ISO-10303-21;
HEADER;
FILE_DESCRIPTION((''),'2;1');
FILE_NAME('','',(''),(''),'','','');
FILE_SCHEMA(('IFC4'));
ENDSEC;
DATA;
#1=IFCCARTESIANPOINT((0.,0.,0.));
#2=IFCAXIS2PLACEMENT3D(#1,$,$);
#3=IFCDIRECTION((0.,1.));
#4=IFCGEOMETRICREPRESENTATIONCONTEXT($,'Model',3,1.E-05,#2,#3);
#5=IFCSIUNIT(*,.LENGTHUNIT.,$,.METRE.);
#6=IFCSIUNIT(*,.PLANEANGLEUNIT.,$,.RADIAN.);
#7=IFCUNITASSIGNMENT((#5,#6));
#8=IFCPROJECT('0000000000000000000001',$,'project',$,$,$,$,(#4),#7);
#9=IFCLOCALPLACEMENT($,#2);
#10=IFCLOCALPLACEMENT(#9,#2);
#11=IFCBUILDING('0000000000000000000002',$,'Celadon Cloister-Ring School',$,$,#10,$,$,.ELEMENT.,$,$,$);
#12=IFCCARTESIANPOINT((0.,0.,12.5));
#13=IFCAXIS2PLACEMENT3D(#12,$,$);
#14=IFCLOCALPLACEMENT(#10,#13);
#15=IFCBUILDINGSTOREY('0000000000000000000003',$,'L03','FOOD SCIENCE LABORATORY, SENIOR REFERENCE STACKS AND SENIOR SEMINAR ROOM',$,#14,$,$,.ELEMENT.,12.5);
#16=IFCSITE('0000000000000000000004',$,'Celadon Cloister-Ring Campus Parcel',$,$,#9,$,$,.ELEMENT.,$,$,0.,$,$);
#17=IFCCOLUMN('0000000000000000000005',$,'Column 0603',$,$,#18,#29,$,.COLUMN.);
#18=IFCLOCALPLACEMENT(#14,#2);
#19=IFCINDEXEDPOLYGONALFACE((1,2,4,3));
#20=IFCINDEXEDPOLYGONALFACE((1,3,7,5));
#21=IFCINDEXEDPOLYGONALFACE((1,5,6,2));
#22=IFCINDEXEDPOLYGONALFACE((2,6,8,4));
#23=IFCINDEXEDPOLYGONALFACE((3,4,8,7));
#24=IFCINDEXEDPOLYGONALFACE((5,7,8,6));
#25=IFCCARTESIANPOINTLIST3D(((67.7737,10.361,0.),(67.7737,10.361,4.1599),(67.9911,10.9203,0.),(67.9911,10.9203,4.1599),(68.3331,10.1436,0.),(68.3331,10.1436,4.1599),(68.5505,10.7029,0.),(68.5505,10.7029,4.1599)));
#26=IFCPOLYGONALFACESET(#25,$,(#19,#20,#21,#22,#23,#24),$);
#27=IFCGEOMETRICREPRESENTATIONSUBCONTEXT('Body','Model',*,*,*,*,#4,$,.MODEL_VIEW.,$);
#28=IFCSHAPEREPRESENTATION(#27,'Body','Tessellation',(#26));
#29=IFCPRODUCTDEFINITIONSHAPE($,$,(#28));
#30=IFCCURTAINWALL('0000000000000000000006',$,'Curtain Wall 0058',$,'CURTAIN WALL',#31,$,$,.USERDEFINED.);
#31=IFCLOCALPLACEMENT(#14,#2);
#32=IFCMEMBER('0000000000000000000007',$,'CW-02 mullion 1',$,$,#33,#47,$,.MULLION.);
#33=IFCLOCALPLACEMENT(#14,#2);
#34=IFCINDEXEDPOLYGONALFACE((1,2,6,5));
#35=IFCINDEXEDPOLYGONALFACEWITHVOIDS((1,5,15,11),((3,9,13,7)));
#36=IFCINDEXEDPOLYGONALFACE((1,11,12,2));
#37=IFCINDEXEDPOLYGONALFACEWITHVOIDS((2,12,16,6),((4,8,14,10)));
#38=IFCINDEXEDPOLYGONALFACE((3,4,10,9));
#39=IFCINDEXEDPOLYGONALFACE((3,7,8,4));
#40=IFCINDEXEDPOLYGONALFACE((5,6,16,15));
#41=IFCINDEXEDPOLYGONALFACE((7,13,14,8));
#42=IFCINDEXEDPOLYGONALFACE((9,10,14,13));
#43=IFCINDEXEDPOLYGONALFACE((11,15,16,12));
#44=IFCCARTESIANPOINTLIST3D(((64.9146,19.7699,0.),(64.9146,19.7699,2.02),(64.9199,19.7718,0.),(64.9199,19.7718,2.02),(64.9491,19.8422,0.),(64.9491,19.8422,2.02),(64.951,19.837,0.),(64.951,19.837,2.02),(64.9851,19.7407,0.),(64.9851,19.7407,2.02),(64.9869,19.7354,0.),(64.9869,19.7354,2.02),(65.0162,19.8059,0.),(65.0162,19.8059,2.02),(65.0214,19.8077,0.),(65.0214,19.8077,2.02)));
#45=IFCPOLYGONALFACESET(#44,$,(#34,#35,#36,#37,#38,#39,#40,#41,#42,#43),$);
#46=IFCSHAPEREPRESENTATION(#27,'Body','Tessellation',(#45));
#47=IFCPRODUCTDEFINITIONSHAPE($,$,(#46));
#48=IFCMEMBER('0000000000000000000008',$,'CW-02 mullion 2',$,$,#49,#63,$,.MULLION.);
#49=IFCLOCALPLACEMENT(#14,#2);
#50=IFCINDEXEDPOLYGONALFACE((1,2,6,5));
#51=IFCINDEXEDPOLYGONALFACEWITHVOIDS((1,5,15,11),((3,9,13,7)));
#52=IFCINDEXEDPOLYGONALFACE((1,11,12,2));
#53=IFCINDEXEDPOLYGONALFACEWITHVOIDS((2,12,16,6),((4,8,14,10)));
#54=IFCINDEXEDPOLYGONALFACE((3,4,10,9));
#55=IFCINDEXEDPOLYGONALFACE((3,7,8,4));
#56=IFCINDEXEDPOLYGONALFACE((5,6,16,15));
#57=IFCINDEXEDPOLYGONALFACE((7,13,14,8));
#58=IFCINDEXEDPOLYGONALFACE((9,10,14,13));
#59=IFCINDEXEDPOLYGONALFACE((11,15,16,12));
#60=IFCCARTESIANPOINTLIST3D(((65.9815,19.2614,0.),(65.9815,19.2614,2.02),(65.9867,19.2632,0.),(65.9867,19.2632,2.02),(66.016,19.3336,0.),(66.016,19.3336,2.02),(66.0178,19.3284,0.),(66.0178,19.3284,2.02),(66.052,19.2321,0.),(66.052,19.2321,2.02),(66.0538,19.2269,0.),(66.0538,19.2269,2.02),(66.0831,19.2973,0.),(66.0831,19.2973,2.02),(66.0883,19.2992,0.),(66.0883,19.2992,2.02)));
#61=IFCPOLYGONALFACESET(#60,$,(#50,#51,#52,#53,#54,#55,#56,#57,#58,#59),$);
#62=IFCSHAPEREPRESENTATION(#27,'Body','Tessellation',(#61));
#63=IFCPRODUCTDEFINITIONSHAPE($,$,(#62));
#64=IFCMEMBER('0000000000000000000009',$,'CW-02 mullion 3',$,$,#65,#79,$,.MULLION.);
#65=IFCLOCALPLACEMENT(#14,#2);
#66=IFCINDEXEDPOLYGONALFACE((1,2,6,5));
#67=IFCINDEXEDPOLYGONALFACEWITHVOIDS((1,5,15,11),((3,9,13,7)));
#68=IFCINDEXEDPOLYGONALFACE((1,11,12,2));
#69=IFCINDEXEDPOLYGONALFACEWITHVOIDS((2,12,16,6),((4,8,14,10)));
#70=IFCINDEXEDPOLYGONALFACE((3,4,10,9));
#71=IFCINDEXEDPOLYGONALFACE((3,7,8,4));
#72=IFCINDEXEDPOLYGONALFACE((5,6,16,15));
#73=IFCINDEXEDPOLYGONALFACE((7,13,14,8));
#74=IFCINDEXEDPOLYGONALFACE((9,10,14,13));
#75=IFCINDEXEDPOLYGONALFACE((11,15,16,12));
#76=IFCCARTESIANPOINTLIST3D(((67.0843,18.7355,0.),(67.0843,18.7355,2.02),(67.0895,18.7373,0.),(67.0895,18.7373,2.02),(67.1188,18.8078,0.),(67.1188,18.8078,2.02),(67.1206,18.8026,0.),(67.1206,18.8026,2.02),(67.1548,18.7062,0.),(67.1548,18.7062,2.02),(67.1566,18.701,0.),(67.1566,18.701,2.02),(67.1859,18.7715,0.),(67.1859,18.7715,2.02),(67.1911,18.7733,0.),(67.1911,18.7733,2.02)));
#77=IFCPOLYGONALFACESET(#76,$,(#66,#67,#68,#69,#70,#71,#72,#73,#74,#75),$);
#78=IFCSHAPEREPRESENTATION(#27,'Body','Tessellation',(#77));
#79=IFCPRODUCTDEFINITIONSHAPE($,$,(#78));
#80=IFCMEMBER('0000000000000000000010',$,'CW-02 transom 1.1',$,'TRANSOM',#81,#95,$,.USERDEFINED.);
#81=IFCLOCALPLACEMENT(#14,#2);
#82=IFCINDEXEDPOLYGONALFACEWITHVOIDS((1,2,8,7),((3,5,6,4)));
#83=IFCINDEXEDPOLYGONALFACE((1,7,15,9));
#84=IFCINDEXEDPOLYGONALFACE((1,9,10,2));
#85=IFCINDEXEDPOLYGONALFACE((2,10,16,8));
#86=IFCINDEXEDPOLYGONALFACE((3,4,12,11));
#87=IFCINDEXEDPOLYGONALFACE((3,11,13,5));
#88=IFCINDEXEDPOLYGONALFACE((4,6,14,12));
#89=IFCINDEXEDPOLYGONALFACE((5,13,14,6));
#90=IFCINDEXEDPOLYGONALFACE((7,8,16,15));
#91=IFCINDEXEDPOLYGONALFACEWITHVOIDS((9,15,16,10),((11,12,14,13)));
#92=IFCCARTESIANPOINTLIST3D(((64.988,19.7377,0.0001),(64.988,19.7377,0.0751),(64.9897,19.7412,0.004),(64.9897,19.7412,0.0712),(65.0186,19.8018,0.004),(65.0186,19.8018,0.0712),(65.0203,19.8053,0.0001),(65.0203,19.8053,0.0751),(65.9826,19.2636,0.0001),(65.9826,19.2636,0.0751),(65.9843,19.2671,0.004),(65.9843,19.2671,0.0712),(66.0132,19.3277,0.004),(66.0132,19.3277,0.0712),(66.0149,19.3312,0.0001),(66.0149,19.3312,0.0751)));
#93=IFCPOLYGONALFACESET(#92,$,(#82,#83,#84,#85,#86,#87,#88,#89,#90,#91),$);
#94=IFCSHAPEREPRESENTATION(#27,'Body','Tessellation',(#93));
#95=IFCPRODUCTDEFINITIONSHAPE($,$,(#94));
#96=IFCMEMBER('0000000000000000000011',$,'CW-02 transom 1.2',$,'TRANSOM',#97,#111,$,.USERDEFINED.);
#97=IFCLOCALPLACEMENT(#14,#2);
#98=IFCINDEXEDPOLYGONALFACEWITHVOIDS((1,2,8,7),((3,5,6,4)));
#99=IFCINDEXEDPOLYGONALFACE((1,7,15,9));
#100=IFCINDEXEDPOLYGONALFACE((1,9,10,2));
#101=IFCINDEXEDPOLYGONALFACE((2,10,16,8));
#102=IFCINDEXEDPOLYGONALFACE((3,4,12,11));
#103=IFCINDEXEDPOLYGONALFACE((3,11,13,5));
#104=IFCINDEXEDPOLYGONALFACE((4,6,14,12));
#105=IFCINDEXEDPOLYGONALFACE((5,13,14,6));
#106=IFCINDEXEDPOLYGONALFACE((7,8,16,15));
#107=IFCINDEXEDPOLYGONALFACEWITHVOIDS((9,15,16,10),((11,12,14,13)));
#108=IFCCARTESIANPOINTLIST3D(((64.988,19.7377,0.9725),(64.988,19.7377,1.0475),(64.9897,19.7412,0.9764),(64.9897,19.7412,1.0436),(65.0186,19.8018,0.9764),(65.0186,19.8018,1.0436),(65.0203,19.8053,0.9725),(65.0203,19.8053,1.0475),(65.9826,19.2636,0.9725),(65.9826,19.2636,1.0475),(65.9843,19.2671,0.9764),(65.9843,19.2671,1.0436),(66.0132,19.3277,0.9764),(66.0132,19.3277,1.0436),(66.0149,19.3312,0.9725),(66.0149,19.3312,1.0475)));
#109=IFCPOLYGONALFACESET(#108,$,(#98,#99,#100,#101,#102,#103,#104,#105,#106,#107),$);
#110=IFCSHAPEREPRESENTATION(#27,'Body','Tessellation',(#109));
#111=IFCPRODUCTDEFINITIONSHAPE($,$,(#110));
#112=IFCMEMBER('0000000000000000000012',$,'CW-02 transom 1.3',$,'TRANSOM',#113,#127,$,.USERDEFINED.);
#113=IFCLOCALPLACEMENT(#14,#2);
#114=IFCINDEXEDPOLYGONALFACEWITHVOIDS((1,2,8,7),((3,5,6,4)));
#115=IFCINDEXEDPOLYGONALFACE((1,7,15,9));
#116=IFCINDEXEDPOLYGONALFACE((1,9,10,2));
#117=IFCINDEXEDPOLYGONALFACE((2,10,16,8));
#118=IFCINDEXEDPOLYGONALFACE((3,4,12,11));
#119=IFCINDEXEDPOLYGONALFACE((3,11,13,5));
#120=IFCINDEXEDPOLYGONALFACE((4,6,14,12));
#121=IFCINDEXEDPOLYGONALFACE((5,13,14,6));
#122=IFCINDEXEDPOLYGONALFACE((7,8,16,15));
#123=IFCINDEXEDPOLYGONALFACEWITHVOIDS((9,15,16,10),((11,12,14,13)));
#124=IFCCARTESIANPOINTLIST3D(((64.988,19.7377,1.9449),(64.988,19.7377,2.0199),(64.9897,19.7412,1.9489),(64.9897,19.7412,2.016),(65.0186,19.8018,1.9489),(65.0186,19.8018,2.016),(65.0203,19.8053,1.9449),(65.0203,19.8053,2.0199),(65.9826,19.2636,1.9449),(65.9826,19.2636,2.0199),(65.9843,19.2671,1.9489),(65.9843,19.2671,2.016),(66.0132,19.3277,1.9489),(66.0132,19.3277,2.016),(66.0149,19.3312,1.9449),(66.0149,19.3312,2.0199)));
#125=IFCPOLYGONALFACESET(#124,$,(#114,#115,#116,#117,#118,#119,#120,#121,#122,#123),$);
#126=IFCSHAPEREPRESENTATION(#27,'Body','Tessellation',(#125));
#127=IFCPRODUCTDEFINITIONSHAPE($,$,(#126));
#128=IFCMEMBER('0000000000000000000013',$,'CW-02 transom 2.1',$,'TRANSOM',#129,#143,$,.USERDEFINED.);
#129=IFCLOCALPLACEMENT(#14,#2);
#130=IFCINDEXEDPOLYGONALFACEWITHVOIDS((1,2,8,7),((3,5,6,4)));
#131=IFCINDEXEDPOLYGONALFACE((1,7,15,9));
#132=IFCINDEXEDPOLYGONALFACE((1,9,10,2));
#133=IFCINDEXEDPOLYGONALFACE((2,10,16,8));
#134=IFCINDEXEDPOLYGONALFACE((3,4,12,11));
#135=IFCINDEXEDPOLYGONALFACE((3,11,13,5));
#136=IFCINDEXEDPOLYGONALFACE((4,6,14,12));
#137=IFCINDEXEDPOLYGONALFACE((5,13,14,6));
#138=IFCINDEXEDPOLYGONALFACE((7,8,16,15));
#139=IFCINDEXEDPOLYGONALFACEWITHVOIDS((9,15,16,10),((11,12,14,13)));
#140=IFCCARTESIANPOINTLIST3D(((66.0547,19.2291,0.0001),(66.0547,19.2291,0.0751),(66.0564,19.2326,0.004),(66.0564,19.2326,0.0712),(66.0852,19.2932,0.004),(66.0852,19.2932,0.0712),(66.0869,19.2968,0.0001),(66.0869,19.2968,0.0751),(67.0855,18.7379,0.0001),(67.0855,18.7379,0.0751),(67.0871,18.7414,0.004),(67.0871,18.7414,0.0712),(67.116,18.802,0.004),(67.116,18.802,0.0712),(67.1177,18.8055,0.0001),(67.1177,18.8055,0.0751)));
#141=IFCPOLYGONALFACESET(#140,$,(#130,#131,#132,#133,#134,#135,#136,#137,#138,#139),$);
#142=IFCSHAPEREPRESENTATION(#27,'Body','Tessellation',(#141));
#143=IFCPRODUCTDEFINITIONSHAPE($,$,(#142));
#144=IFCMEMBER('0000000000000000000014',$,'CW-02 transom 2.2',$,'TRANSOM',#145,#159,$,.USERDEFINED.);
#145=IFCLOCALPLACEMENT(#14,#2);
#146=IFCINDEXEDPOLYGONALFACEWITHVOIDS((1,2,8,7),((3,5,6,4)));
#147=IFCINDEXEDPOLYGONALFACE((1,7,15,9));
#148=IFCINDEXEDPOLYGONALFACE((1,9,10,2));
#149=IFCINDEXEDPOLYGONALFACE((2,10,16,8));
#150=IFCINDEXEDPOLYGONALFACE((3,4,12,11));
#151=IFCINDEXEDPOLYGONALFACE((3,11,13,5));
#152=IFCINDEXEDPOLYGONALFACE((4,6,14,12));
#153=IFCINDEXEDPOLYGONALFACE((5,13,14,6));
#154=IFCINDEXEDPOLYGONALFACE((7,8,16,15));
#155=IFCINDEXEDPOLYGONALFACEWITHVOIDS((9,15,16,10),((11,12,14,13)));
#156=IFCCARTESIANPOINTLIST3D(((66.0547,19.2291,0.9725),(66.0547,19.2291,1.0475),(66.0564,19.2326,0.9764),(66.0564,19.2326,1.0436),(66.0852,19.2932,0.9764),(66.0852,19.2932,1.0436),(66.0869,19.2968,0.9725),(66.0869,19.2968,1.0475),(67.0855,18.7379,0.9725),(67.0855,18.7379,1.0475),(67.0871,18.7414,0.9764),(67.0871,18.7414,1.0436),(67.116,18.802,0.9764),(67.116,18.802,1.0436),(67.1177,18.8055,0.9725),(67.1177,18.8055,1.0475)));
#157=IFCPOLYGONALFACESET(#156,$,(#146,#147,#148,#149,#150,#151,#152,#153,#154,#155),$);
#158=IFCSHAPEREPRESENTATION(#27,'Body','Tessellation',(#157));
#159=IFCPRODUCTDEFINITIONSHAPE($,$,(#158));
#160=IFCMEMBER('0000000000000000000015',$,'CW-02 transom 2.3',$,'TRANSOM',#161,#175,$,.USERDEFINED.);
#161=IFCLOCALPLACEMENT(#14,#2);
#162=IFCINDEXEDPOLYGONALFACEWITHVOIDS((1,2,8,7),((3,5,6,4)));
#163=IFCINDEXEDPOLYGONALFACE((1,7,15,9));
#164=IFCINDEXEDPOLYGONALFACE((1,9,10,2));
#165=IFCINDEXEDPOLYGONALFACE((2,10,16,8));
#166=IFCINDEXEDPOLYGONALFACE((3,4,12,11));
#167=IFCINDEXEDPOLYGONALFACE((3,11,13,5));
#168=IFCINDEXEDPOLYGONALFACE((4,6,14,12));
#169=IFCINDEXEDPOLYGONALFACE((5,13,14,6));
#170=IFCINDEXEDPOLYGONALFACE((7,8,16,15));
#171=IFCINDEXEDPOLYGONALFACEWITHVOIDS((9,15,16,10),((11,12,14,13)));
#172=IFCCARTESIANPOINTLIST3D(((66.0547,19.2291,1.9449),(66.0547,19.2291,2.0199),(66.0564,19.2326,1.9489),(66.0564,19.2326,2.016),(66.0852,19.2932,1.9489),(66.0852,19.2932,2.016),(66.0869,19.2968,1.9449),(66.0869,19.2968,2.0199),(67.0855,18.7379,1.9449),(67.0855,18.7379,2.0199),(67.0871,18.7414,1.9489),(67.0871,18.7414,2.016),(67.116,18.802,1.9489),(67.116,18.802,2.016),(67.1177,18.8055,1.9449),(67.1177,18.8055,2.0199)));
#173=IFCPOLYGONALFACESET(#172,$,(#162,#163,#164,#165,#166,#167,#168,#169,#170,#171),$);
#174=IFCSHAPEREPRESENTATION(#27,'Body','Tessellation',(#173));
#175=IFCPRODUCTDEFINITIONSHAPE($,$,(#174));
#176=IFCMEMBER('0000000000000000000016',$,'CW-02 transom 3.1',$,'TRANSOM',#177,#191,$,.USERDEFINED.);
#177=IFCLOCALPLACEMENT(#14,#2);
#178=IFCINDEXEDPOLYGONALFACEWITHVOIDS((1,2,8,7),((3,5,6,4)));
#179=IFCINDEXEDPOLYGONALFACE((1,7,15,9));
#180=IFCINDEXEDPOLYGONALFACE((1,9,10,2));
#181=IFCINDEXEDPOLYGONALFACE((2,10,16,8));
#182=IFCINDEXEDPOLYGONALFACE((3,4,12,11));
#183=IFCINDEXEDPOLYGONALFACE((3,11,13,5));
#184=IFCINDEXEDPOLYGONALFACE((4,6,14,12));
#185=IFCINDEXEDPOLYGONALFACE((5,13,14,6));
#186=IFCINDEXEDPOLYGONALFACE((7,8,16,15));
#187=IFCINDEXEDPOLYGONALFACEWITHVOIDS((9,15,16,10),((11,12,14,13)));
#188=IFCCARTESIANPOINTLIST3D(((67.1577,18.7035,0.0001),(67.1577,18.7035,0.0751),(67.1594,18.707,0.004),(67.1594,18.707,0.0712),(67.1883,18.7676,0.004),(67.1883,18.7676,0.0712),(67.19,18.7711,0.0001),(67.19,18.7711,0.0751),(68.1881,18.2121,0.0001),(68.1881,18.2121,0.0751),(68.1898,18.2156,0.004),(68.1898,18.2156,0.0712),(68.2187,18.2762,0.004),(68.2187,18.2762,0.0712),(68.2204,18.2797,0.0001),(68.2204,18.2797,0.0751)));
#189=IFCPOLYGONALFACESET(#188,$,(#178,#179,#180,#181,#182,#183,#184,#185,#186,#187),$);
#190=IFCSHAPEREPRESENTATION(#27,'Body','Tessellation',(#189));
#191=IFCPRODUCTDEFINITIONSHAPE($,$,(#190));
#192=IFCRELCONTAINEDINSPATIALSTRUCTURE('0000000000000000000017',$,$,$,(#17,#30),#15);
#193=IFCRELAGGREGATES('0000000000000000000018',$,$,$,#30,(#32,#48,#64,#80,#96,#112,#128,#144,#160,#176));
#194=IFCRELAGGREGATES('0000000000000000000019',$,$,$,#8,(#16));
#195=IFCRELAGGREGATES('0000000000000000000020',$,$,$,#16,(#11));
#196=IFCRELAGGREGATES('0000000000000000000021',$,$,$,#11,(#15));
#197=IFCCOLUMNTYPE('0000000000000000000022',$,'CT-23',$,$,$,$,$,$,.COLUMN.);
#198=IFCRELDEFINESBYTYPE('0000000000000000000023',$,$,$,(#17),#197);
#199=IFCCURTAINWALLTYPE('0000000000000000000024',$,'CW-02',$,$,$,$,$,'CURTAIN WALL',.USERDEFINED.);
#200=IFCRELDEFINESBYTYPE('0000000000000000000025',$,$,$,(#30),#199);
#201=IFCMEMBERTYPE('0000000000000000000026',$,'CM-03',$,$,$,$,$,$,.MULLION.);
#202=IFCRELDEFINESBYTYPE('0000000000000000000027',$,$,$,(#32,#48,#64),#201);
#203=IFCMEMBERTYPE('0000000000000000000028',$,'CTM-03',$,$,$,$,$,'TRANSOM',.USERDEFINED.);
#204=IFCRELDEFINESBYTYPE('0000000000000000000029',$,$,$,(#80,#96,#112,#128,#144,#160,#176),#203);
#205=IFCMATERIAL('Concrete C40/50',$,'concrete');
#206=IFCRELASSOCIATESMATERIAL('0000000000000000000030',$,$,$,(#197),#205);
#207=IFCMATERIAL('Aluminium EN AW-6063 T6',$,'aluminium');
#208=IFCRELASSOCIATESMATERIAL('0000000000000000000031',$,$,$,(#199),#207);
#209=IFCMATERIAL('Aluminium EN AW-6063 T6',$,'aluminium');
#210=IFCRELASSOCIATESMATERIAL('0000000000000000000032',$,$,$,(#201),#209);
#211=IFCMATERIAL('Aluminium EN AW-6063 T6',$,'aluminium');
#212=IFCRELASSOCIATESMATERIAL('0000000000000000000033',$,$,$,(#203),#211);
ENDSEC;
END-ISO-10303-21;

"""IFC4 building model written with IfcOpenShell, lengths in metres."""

from ifc_helpers import new_model, si_unit, direction, frame, origin, origin_2d, place, context, subcontext, project, spatial, rectangle, hollow_rectangle, extrude, material, material_profile, profile_set, type_object, element, aggregate, save


model = new_model("IFC4")

# Units and contexts
model_context = context("Model", 3, precision=1e-05, world=origin(), true_north=direction((0.0, 1.0)))
body_context = subcontext(model_context, "Body", "Model", "MODEL_VIEW")
ifc_project = project(units=[si_unit("LENGTHUNIT", "METRE"), si_unit("PLANEANGLEUNIT", "RADIAN")], contexts=[model_context])

# Site, building, storey
site_placement = place(None, origin())
site = spatial("IfcSite", under=ifc_project, at=site_placement, Name="Celadon Cloister-Ring Campus Parcel", CompositionType="ELEMENT", RefElevation=0.0)
building_placement = place(site_placement, origin())
building = spatial("IfcBuilding", under=site, at=building_placement, Name="Celadon Cloister-Ring School", CompositionType="ELEMENT")
storey_placement = place(building_placement, frame((0.0, 0.0, 12.5)))
storey = spatial("IfcBuildingStorey", under=building, at=storey_placement, Name="L03", Description="FOOD SCIENCE LABORATORY, SENIOR REFERENCE STACKS AND SENIOR SEMINAR ROOM", CompositionType="ELEMENT", Elevation=12.5)

# Column
ifc_material_1 = material(Name="Concrete C40/50", Category="concrete")
ifc_material_profile_1 = material_profile(ifc_material_1, rectangle(XDim=0.6001, YDim=0.6001, at=origin_2d()), Name="RC600X600")
ifc_profile_set_1 = profile_set([ifc_material_profile_1], Name="Concrete C40/50")
column_type = type_object("IfcColumnType", Name="CT-23", PredefinedType="COLUMN", material=ifc_profile_set_1)
column_placement = place(storey_placement, frame((68.1621, 10.532, 0.0), z_axis=(0.0, 0.0, 1.0), x_axis=(-0.362275, -0.932071, 0.0)))
element("IfcColumn", 1, at=column_placement, inside=storey, type_object=column_type, Name="Column 0603", PredefinedType="COLUMN", context=body_context, shape_type="SweptSolid", body=[
    extrude(rectangle(XDim=0.6001, YDim=0.6001, at=origin_2d()), origin(), (0.0, 0.0, 1.0), 4.1599),
])

# Curtain wall, members
ifc_material_2 = material(Name="Aluminium EN AW-6063 T6", Category="aluminium")
curtain_wall_type = type_object("IfcCurtainWallType", Name="CW-02", ElementType="CURTAIN WALL", PredefinedType="USERDEFINED", material=ifc_material_2)
curtain_wall_placement = place(storey_placement, origin())
curtain_wall = element("IfcCurtainWall", 2, at=curtain_wall_placement, inside=storey, type_object=curtain_wall_type, Name="Curtain Wall 0058", ObjectType="CURTAIN WALL", PredefinedType="USERDEFINED")
ifc_material_3 = material(Name="Aluminium EN AW-6063 T6", Category="aluminium")
ifc_material_profile_2 = material_profile(ifc_material_3, hollow_rectangle(XDim=0.0801, YDim=0.0801, WallThickness=0.0039, at=origin_2d()), Name="RHS80X80X4")
ifc_profile_set_2 = profile_set([ifc_material_profile_2], Name="Aluminium EN AW-6063 T6")
member_type_1 = type_object("IfcMemberType", Name="CM-03", PredefinedType="MULLION", material=ifc_profile_set_2)
member_1_placement = place(storey_placement, frame((64.968, 19.7888, 0.0), z_axis=(0.0, 0.0, 1.0), x_axis=(0.430372, 0.902652, 0.0)))
member_1 = element("IfcMember", 3, at=member_1_placement, type_object=member_type_1, Name="CW-02 mullion 1", PredefinedType="MULLION", context=body_context, shape_type="SweptSolid", body=[
    extrude(hollow_rectangle(XDim=0.0801, YDim=0.0801, WallThickness=0.0039, at=origin_2d()), origin(), (0.0, 0.0, 1.0), 2.02),
])
member_2_placement = place(storey_placement, frame((66.0349, 19.2803, 0.0), z_axis=(0.0, 0.0, 1.0), x_axis=(0.430372, 0.902652, 0.0)))
member_2 = element("IfcMember", 4, at=member_2_placement, type_object=member_type_1, Name="CW-02 mullion 2", PredefinedType="MULLION", context=body_context, shape_type="SweptSolid", body=[
    extrude(hollow_rectangle(XDim=0.0801, YDim=0.0801, WallThickness=0.0039, at=origin_2d()), origin(), (0.0, 0.0, 1.0), 2.02),
])
member_3_placement = place(storey_placement, frame((67.1377, 18.7544, 0.0), z_axis=(0.0, 0.0, 1.0), x_axis=(0.430372, 0.902652, 0.0)))
member_3 = element("IfcMember", 5, at=member_3_placement, type_object=member_type_1, Name="CW-02 mullion 3", PredefinedType="MULLION", context=body_context, shape_type="SweptSolid", body=[
    extrude(hollow_rectangle(XDim=0.0801, YDim=0.0801, WallThickness=0.0039, at=origin_2d()), origin(), (0.0, 0.0, 1.0), 2.02),
])
ifc_material_4 = material(Name="Aluminium EN AW-6063 T6", Category="aluminium")
ifc_material_profile_3 = material_profile(ifc_material_4, hollow_rectangle(XDim=0.075, YDim=0.075, WallThickness=0.0039, at=origin_2d()), Name="RHS75X75X4")
ifc_profile_set_3 = profile_set([ifc_material_profile_3], Name="Aluminium EN AW-6063 T6")
member_type_2 = type_object("IfcMemberType", Name="CTM-03", ElementType="TRANSOM", PredefinedType="USERDEFINED", material=ifc_profile_set_3)
member_4_placement = place(storey_placement, frame((65.0042, 19.7715, 0.0376), z_axis=(0.902688, -0.430295, 0.0), x_axis=(0.430295, 0.902688, 0.0)))
member_4 = element("IfcMember", 6, at=member_4_placement, type_object=member_type_2, Name="CW-02 transom 1.1", ObjectType="TRANSOM", PredefinedType="USERDEFINED", context=body_context, shape_type="SweptSolid", body=[
    extrude(hollow_rectangle(XDim=0.075, YDim=0.075, WallThickness=0.0039, at=origin_2d()), origin(), (0.0, 0.0, 1.0), 1.1018),
])
member_5_placement = place(storey_placement, frame((65.0042, 19.7715, 1.01), z_axis=(0.902688, -0.430295, 0.0), x_axis=(0.430295, 0.902688, 0.0)))
member_5 = element("IfcMember", 7, at=member_5_placement, type_object=member_type_2, Name="CW-02 transom 1.2", ObjectType="TRANSOM", PredefinedType="USERDEFINED", context=body_context, shape_type="SweptSolid", body=[
    extrude(hollow_rectangle(XDim=0.075, YDim=0.075, WallThickness=0.0039, at=origin_2d()), origin(), (0.0, 0.0, 1.0), 1.1018),
])
member_6_placement = place(storey_placement, frame((65.0042, 19.7715, 1.9824), z_axis=(0.902688, -0.430295, 0.0), x_axis=(0.430295, 0.902688, 0.0)))
member_6 = element("IfcMember", 8, at=member_6_placement, type_object=member_type_2, Name="CW-02 transom 1.3", ObjectType="TRANSOM", PredefinedType="USERDEFINED", context=body_context, shape_type="SweptSolid", body=[
    extrude(hollow_rectangle(XDim=0.075, YDim=0.075, WallThickness=0.0039, at=origin_2d()), origin(), (0.0, 0.0, 1.0), 1.1018),
])
member_7_placement = place(storey_placement, frame((66.0708, 19.2629, 0.0376), z_axis=(0.902734, -0.430199, 0.0), x_axis=(0.430199, 0.902734, 0.0)))
member_7 = element("IfcMember", 9, at=member_7_placement, type_object=member_type_2, Name="CW-02 transom 2.1", ObjectType="TRANSOM", PredefinedType="USERDEFINED", context=body_context, shape_type="SweptSolid", body=[
    extrude(hollow_rectangle(XDim=0.075, YDim=0.075, WallThickness=0.0039, at=origin_2d()), origin(), (0.0, 0.0, 1.0), 1.1418),
])
member_8_placement = place(storey_placement, frame((66.0708, 19.2629, 1.01), z_axis=(0.902734, -0.430199, 0.0), x_axis=(0.430199, 0.902734, 0.0)))
member_8 = element("IfcMember", 10, at=member_8_placement, type_object=member_type_2, Name="CW-02 transom 2.2", ObjectType="TRANSOM", PredefinedType="USERDEFINED", context=body_context, shape_type="SweptSolid", body=[
    extrude(hollow_rectangle(XDim=0.075, YDim=0.075, WallThickness=0.0039, at=origin_2d()), origin(), (0.0, 0.0, 1.0), 1.1418),
])
member_9_placement = place(storey_placement, frame((66.0708, 19.2629, 1.9824), z_axis=(0.902734, -0.430199, 0.0), x_axis=(0.430199, 0.902734, 0.0)))
member_9 = element("IfcMember", 11, at=member_9_placement, type_object=member_type_2, Name="CW-02 transom 2.3", ObjectType="TRANSOM", PredefinedType="USERDEFINED", context=body_context, shape_type="SweptSolid", body=[
    extrude(hollow_rectangle(XDim=0.075, YDim=0.075, WallThickness=0.0039, at=origin_2d()), origin(), (0.0, 0.0, 1.0), 1.1418),
])
member_10_placement = place(storey_placement, frame((67.1738, 18.7373, 0.0376), z_axis=(0.902611, -0.430456, 0.0), x_axis=(0.430456, 0.902611, 0.0)))
member_10 = element("IfcMember", 12, at=member_10_placement, type_object=member_type_2, Name="CW-02 transom 3.1", ObjectType="TRANSOM", PredefinedType="USERDEFINED", context=body_context, shape_type="SweptSolid", body=[
    extrude(hollow_rectangle(XDim=0.075, YDim=0.075, WallThickness=0.0039, at=origin_2d()), origin(), (0.0, 0.0, 1.0), 1.1416),
])

aggregate(curtain_wall, [member_1, member_2, member_3, member_4, member_5, member_6, member_7, member_8, member_9, member_10])

save(model, "model.ifc")
